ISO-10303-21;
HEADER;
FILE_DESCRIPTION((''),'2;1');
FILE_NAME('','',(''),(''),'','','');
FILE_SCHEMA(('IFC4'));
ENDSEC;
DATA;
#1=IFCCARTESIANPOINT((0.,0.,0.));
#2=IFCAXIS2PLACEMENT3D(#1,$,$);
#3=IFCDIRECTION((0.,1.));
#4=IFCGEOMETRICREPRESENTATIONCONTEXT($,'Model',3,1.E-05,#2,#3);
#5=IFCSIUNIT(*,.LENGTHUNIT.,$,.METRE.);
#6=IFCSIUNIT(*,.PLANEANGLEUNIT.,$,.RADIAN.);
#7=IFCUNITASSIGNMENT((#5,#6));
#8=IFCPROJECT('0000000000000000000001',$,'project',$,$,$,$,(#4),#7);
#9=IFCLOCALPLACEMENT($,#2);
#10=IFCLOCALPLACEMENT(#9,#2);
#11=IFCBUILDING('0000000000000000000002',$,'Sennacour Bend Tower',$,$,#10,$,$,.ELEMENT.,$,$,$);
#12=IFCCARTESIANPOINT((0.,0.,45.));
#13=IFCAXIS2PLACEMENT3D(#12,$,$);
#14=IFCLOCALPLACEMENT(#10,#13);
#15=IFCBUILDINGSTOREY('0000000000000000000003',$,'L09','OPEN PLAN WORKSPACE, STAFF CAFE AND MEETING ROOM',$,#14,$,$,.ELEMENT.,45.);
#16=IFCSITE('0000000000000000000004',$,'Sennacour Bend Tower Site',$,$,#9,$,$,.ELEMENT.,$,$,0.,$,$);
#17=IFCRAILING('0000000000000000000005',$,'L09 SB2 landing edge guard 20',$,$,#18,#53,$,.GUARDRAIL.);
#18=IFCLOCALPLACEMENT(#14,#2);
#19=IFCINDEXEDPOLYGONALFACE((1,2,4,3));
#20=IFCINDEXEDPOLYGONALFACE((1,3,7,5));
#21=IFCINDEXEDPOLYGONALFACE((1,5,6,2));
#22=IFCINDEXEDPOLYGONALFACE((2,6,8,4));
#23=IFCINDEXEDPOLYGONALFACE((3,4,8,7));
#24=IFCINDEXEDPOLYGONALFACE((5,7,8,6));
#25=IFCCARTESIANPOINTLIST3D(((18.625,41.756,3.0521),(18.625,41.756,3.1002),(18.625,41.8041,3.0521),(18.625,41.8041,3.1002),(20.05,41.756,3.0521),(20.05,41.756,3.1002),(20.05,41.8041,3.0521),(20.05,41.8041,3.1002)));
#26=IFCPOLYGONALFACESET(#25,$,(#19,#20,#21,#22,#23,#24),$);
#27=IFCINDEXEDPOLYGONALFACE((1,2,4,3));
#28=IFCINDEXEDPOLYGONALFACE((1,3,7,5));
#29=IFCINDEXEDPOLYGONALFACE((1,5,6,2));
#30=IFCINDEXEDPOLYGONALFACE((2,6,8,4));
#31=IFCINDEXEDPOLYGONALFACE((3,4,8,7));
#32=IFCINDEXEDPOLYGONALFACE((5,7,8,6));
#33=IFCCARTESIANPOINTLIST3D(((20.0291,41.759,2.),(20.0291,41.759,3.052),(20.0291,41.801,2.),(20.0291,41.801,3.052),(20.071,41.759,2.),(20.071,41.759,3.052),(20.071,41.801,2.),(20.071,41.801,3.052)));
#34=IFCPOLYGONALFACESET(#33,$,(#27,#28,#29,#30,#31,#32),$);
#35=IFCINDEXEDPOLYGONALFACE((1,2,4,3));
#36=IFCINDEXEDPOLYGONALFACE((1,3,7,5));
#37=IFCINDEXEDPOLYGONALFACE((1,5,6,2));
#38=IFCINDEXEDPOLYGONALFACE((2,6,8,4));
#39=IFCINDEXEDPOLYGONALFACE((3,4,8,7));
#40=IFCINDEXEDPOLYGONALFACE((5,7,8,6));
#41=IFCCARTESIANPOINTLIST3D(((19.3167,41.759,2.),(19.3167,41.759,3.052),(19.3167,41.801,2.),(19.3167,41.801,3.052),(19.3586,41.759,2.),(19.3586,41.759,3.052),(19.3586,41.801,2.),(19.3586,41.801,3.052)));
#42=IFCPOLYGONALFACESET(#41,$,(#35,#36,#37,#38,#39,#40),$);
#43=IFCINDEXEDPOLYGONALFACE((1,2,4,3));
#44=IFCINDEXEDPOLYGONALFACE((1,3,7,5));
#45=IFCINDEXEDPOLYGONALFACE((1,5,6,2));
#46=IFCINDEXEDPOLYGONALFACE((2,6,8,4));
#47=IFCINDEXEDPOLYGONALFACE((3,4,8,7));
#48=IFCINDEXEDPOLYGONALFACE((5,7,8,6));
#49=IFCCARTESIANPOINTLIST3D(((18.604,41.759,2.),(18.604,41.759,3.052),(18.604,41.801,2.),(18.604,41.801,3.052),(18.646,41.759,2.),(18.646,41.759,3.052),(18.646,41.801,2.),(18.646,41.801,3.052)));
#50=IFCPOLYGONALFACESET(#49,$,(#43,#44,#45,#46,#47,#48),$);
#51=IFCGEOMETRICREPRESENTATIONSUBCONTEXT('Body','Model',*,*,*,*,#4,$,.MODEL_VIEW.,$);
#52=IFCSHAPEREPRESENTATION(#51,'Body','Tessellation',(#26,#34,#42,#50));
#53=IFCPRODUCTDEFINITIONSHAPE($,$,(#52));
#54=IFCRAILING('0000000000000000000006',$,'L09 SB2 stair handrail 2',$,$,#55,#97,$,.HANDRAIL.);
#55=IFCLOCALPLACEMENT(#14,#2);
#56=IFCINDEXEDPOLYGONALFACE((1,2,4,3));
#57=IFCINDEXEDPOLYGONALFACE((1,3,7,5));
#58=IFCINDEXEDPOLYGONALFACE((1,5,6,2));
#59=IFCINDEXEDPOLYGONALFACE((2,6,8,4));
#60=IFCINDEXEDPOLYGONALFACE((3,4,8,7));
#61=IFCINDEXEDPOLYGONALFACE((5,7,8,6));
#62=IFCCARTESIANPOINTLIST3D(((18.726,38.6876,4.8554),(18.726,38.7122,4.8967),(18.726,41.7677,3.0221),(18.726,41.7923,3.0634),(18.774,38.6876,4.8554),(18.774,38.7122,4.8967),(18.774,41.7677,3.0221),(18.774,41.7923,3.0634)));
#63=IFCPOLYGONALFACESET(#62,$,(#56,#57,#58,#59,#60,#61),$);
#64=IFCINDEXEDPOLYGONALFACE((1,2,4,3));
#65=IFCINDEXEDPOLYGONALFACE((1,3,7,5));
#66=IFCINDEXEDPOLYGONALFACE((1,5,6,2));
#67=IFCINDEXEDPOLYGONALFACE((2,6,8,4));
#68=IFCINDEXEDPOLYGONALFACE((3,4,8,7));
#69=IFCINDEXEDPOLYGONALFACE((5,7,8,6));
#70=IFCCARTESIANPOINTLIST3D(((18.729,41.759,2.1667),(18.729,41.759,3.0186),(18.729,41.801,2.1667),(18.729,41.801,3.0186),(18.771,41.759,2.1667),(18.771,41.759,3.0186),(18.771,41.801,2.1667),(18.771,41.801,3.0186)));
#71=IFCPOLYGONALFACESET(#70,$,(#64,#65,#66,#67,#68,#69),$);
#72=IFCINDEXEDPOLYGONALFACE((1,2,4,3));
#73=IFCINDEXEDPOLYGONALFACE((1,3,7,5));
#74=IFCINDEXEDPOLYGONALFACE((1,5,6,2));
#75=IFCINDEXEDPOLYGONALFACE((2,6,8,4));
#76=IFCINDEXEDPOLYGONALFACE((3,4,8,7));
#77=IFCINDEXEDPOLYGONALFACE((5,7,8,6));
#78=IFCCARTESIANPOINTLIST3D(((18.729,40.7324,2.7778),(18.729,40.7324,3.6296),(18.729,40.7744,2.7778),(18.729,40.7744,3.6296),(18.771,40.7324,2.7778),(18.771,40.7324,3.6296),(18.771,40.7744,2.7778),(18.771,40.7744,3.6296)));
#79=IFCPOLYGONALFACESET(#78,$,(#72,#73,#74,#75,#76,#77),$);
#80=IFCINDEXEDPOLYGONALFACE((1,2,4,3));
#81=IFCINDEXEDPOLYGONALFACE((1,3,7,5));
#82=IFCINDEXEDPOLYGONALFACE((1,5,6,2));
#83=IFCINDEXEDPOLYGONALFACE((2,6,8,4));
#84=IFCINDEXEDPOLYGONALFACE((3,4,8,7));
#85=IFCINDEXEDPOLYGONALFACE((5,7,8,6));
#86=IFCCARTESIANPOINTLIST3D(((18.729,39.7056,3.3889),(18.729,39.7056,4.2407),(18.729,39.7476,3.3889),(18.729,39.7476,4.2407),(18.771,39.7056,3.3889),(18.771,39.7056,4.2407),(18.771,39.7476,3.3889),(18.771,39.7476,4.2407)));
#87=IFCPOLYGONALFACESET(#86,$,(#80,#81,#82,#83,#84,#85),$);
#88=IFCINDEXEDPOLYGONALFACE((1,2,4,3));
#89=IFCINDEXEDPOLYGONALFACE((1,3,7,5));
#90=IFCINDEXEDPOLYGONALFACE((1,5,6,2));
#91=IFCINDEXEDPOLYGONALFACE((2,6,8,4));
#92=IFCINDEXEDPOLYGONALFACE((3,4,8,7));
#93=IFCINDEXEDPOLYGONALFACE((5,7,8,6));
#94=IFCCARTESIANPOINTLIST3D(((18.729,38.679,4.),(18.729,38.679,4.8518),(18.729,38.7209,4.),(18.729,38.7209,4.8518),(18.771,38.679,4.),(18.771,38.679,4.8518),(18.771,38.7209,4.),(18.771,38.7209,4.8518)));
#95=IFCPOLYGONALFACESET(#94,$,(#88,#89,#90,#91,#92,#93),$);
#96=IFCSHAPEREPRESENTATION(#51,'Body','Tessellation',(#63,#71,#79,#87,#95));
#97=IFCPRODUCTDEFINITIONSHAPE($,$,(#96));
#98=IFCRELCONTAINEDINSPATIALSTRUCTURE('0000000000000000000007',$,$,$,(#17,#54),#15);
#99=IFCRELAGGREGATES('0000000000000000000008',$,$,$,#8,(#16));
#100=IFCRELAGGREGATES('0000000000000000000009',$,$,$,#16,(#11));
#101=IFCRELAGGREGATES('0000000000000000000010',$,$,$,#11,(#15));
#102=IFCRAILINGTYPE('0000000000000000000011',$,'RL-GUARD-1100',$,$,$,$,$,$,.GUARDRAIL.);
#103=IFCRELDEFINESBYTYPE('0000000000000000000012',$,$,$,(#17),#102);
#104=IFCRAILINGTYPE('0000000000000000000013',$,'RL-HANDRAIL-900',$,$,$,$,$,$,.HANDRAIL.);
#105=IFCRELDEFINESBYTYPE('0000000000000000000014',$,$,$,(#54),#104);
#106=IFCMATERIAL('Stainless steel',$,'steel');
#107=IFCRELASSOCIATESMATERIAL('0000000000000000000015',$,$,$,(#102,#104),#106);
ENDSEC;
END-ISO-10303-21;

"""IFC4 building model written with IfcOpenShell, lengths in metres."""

from ifc_helpers import new_model, si_unit, direction, frame, origin, origin_2d, place, context, subcontext, project, spatial, rectangle, extrude, material, type_object, element, save


model = new_model("IFC4")

# Units and contexts
model_context = context("Model", 3, precision=1e-05, world=origin(), true_north=direction((0.0, 1.0)))
body_context = subcontext(model_context, "Body", "Model", "MODEL_VIEW")
ifc_project = project(units=[si_unit("LENGTHUNIT", "METRE"), si_unit("PLANEANGLEUNIT", "RADIAN")], contexts=[model_context])

# Site, building, storey
site_placement = place(None, origin())
site = spatial("IfcSite", under=ifc_project, at=site_placement, Name="Sennacour Bend Tower Site", CompositionType="ELEMENT", RefElevation=0.0)
building_placement = place(site_placement, origin())
building = spatial("IfcBuilding", under=site, at=building_placement, Name="Sennacour Bend Tower", CompositionType="ELEMENT")
storey_placement = place(building_placement, frame((0.0, 0.0, 45.0)))
storey = spatial("IfcBuildingStorey", under=building, at=storey_placement, Name="L09", Description="OPEN PLAN WORKSPACE, STAFF CAFE AND MEETING ROOM", CompositionType="ELEMENT", Elevation=45.0)

# Shared definitions
ifc_material_1 = material(Name="Stainless steel", Category="steel")

# Railings
railing_type_1 = type_object("IfcRailingType", Name="RL-GUARD-1100", PredefinedType="GUARDRAIL", material=ifc_material_1)
railing_1_placement = place(storey_placement, frame((20.05, 41.78, 2.0)))
element("IfcRailing", 1, at=railing_1_placement, inside=storey, type_object=railing_type_1, Name="L09 SB2 landing edge guard 20", PredefinedType="GUARDRAIL", context=body_context, shape_type="SweptSolid", body=[
    extrude(rectangle(XDim=0.0481, YDim=0.0481, at=origin_2d()), frame((0.0, 0.0, 1.0762), z_axis=(-1.0, 0.0, 0.0), x_axis=(0.0, -1.0, 0.0)), (0.0, 0.0, 1.0), 1.425),
    extrude(rectangle(XDim=0.042, YDim=0.042, at=origin_2d()), origin(), (0.0, 0.0, 1.0), 1.052),
    extrude(rectangle(XDim=0.042, YDim=0.042, at=origin_2d()), frame((-0.7124, 0.0, 0.0)), (0.0, 0.0, 1.0), 1.052),
    extrude(rectangle(XDim=0.042, YDim=0.042, at=origin_2d()), frame((-1.425, 0.0, 0.0)), (0.0, 0.0, 1.0), 1.052),
])
railing_type_2 = type_object("IfcRailingType", Name="RL-HANDRAIL-900", PredefinedType="HANDRAIL", material=ifc_material_1)
railing_2_placement = place(storey_placement, frame((18.75, 41.78, 2.1667)))
element("IfcRailing", 2, at=railing_2_placement, inside=storey, type_object=railing_type_2, Name="L09 SB2 stair handrail 2", PredefinedType="HANDRAIL", context=body_context, shape_type="SweptSolid", body=[
    extrude(rectangle(XDim=0.0481, YDim=0.0481, at=origin_2d()), frame((0.0, 0.0, 0.876), z_axis=(0.0, -0.859309, 0.511458), x_axis=(1.0, 0.0, 0.0)), (0.0, 0.0, 1.0), 3.5845),
    extrude(rectangle(XDim=0.042, YDim=0.042, at=origin_2d()), origin(), (0.0, 0.0, 1.0), 0.8518),
    extrude(rectangle(XDim=0.042, YDim=0.042, at=origin_2d()), frame((0.0, -1.0266, 0.6111)), (0.0, 0.0, 1.0), 0.8518),
    extrude(rectangle(XDim=0.042, YDim=0.042, at=origin_2d()), frame((0.0, -2.0535, 1.2222)), (0.0, 0.0, 1.0), 0.8518),
    extrude(rectangle(XDim=0.042, YDim=0.042, at=origin_2d()), frame((0.0, -3.0801, 1.8333)), (0.0, 0.0, 1.0), 0.8518),
])

save(model, "model.ifc")
